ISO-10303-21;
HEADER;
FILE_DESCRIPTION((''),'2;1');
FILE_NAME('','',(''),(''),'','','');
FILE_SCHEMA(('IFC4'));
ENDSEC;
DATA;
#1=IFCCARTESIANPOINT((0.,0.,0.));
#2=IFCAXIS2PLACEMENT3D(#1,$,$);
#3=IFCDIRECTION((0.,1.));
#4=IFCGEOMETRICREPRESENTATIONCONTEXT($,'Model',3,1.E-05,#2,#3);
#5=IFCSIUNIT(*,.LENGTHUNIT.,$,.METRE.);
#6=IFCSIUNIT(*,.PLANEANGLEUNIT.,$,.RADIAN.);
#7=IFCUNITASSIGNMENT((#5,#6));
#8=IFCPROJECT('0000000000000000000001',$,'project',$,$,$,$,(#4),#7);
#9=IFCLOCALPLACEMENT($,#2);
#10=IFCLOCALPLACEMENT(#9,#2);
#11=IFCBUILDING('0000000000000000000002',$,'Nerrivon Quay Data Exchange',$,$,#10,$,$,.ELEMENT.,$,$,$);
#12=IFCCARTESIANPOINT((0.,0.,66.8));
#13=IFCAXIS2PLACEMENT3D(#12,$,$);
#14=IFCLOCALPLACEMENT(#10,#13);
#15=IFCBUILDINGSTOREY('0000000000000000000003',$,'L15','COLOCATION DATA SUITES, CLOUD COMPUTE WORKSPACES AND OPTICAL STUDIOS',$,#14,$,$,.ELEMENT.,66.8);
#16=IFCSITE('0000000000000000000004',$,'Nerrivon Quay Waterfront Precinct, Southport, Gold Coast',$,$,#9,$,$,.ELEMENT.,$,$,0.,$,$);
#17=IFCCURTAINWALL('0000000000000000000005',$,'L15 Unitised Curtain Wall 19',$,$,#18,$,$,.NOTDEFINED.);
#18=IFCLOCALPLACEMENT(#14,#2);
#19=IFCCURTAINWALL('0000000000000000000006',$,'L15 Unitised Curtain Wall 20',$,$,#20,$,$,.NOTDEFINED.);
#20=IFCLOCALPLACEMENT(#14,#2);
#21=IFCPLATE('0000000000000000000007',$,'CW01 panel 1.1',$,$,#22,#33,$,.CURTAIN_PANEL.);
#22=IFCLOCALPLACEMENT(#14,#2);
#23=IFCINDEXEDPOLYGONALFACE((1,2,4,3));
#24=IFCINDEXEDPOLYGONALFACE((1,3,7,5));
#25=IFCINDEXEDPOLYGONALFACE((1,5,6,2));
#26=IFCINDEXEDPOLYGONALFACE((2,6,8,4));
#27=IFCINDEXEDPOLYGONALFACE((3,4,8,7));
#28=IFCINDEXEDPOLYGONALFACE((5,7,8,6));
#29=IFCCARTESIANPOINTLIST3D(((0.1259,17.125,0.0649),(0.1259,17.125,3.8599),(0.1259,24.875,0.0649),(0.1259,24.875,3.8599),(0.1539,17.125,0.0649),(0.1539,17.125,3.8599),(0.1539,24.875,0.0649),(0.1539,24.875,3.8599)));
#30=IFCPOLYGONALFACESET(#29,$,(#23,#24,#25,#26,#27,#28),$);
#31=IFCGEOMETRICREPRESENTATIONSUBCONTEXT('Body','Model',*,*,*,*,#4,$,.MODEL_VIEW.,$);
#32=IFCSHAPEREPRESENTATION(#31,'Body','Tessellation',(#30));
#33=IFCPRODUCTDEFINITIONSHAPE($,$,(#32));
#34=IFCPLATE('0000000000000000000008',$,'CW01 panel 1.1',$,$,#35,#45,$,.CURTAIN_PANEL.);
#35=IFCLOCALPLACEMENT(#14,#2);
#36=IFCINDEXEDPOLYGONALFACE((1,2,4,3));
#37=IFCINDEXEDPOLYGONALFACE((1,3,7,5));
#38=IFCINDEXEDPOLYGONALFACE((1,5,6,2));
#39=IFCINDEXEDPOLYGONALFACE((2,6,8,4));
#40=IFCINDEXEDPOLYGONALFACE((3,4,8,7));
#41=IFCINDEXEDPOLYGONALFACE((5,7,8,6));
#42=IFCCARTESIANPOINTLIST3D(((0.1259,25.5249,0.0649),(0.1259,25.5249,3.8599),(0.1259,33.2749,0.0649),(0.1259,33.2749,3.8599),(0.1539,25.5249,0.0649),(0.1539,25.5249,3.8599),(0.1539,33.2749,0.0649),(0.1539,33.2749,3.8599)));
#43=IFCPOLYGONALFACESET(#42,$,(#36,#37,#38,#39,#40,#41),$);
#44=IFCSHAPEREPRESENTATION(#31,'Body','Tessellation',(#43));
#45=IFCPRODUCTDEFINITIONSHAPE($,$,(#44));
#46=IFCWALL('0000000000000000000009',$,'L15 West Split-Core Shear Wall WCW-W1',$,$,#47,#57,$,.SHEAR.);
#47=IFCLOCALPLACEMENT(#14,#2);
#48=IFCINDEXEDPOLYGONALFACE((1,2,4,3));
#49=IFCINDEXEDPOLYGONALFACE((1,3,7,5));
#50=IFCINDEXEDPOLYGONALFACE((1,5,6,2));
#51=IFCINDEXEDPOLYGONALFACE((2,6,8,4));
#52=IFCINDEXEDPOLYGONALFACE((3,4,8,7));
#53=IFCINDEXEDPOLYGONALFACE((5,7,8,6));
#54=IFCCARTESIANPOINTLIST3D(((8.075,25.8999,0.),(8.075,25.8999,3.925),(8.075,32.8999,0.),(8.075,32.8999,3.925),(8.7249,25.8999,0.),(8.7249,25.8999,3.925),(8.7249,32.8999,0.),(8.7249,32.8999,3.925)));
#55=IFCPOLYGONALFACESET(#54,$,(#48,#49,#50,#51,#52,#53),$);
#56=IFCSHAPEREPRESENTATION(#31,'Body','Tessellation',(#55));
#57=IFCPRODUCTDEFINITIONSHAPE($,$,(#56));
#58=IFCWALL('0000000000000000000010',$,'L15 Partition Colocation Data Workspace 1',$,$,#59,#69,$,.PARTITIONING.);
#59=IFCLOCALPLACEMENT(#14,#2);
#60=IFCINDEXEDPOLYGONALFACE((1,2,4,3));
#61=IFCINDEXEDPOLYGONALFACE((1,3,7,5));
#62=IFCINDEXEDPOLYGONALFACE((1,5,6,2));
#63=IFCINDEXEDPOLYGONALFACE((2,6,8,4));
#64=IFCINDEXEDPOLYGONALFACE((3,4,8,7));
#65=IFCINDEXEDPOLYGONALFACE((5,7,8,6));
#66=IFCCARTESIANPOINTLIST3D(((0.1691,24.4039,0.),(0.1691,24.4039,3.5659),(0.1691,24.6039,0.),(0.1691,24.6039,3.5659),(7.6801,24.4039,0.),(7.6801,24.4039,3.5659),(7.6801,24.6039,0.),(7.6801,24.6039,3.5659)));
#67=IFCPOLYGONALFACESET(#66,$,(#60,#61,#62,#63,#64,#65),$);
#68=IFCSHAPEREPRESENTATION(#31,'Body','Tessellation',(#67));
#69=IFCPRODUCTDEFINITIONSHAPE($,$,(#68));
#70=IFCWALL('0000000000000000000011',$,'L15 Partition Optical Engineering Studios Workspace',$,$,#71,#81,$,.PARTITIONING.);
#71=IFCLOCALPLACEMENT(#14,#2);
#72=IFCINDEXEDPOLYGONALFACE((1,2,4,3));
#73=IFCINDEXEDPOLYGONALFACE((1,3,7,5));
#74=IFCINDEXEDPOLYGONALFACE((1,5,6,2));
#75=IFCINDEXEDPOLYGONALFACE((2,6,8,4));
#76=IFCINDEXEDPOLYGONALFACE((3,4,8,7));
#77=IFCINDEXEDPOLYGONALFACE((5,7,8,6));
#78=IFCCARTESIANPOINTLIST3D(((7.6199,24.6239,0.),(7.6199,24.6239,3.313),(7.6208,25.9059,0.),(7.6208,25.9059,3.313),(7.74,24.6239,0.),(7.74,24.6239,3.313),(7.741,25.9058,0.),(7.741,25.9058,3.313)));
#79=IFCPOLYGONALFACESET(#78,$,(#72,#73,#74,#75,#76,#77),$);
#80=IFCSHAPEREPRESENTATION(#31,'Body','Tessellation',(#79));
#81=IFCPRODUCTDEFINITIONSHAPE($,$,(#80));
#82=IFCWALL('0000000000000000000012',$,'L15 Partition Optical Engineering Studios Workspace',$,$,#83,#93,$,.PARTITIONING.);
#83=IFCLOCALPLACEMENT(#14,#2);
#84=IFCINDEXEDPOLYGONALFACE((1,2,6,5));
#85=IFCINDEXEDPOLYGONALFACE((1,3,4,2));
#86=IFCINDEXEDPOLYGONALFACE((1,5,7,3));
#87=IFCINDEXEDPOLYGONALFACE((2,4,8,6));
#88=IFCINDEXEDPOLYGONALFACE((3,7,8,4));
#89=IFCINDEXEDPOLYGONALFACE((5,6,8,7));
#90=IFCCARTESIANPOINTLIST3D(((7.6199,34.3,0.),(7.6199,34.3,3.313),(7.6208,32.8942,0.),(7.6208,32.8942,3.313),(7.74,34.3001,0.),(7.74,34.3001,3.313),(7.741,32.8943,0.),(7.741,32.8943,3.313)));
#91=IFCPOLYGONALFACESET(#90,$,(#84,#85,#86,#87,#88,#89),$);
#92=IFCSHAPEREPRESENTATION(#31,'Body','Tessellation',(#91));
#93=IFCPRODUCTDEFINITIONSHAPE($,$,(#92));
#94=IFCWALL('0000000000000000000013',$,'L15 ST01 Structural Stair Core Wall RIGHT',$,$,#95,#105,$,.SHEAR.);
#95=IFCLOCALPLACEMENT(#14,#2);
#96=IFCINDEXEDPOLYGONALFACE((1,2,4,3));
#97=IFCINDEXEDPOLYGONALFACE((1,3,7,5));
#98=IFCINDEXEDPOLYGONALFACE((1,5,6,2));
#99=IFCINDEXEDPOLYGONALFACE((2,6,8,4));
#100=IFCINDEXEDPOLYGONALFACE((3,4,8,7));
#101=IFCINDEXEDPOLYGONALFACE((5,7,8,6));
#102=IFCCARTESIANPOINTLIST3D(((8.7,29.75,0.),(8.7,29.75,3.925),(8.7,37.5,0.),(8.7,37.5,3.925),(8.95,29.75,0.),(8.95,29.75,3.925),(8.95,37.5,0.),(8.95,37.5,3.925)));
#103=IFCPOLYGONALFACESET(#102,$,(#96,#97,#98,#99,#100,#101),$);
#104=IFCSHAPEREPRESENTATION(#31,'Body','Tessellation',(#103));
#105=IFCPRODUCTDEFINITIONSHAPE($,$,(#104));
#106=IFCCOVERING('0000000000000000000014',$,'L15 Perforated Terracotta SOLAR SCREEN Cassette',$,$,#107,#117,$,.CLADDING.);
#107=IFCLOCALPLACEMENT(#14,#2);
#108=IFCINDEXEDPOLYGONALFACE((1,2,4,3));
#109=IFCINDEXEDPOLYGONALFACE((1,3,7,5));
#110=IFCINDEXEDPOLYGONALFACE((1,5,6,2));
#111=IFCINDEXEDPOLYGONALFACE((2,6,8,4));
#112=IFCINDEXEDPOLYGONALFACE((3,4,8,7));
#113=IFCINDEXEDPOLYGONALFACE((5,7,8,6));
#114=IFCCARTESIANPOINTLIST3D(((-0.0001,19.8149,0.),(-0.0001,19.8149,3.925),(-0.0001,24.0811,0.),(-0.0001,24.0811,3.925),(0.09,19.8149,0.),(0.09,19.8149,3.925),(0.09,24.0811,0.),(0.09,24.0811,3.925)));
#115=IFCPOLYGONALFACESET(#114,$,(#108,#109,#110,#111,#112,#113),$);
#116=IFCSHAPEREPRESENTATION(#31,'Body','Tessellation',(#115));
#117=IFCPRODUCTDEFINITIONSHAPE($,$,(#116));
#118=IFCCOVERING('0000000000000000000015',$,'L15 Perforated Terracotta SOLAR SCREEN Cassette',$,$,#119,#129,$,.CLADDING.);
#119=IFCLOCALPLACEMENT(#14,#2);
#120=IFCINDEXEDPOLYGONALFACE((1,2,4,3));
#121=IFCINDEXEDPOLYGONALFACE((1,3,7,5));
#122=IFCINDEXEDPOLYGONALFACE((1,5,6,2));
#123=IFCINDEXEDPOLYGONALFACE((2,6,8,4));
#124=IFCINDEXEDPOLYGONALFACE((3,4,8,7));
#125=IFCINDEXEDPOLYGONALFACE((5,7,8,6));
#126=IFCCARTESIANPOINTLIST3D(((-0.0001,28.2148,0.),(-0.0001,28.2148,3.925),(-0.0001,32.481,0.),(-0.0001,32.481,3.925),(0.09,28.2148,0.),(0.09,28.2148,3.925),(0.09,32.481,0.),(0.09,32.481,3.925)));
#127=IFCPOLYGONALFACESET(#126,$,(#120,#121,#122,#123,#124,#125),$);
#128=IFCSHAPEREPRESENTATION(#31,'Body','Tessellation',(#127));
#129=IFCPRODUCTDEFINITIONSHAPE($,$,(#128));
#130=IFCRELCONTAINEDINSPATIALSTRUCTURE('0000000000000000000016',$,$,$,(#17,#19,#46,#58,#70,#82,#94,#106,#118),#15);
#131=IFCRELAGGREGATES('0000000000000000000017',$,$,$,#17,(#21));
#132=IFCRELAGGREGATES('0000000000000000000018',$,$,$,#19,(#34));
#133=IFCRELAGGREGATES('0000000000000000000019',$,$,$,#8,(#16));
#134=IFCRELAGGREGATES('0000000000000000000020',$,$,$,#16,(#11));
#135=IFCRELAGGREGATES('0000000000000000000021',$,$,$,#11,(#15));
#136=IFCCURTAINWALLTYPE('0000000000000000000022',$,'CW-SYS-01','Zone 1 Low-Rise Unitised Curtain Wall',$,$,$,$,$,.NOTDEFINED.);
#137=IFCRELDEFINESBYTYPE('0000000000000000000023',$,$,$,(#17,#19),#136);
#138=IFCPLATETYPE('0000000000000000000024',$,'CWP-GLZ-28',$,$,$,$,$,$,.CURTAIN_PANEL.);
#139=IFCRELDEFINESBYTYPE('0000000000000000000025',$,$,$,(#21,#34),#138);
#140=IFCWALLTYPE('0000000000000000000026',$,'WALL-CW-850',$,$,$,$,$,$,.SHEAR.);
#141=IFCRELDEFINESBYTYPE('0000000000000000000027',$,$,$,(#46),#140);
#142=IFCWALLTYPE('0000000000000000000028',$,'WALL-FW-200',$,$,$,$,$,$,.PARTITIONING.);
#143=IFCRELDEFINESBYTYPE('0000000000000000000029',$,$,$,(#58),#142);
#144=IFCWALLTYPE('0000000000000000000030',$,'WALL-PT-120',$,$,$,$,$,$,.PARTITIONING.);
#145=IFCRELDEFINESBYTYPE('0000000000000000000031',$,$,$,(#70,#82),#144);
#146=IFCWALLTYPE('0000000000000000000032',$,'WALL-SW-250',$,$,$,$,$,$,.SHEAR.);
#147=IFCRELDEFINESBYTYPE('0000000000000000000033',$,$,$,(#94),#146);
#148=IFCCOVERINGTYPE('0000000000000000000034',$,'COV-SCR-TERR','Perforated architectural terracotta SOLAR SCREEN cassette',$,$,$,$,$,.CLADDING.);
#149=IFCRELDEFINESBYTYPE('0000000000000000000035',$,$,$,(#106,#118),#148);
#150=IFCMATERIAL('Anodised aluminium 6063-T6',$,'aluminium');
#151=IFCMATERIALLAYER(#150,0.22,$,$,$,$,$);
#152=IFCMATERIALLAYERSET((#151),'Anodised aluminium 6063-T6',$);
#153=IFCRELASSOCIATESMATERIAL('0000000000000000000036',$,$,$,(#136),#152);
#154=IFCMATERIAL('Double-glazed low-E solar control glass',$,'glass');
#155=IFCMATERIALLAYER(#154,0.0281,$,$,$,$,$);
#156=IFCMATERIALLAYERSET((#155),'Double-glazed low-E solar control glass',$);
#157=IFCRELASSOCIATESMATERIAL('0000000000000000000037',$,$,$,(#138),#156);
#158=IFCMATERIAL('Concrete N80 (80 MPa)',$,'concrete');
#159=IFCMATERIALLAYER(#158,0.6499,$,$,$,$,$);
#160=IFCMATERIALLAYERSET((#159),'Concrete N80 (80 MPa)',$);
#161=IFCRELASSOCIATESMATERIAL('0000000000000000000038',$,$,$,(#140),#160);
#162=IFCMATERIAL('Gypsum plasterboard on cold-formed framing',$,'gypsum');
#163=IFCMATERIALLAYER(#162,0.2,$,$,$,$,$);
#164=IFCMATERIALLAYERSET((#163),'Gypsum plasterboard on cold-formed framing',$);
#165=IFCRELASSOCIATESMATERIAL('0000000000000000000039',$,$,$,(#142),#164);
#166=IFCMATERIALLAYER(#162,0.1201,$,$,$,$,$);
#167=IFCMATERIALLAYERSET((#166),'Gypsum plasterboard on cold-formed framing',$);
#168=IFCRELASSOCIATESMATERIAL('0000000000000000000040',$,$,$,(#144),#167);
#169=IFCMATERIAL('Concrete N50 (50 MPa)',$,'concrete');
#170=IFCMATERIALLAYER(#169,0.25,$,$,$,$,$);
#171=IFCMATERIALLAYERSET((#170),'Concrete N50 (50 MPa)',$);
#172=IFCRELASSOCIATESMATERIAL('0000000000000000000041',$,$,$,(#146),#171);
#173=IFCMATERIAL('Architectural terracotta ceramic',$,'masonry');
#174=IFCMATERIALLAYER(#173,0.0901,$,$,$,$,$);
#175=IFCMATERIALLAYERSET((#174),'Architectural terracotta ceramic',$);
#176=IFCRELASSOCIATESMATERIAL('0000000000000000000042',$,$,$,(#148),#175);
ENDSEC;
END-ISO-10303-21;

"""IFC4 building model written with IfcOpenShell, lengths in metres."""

from ifc_helpers import new_model, si_unit, direction, frame, frame_2d, origin, origin_2d, place, context, subcontext, project, spatial, rectangle, extrude, material, layer, layer_set, type_object, element, aggregate, save


model = new_model("IFC4")

# Units and contexts
model_context = context("Model", 3, precision=1e-05, world=origin(), true_north=direction((0.0, 1.0)))
body_context = subcontext(model_context, "Body", "Model", "MODEL_VIEW")
ifc_project = project(units=[si_unit("LENGTHUNIT", "METRE"), si_unit("PLANEANGLEUNIT", "RADIAN")], contexts=[model_context])

# Site, building, storey
site_placement = place(None, origin())
site = spatial("IfcSite", under=ifc_project, at=site_placement, Name="Nerrivon Quay Waterfront Precinct, Southport, Gold Coast", CompositionType="ELEMENT", RefElevation=0.0)
building_placement = place(site_placement, origin())
building = spatial("IfcBuilding", under=site, at=building_placement, Name="Nerrivon Quay Data Exchange", CompositionType="ELEMENT")
storey_placement = place(building_placement, frame((0.0, 0.0, 66.8)))
storey = spatial("IfcBuildingStorey", under=building, at=storey_placement, Name="L15", Description="COLOCATION DATA SUITES, CLOUD COMPUTE WORKSPACES AND OPTICAL STUDIOS", CompositionType="ELEMENT", Elevation=66.8)

# Shared definitions
ifc_material_1 = material(Name="Concrete N80 (80 MPa)", Category="concrete")

# Curtain wall
ifc_material_2 = material(Name="Anodised aluminium 6063-T6", Category="aluminium")
ifc_layer_1 = layer(ifc_material_2, 0.22)
ifc_layer_set_1 = layer_set([ifc_layer_1], Name="Anodised aluminium 6063-T6")
curtain_wall_type = type_object("IfcCurtainWallType", Name="CW-SYS-01", Description="Zone 1 Low-Rise Unitised Curtain Wall", PredefinedType="NOTDEFINED", material=ifc_layer_set_1)
curtain_wall_1_placement = place(storey_placement, origin())
curtain_wall_1 = element("IfcCurtainWall", 1, at=curtain_wall_1_placement, inside=storey, type_object=curtain_wall_type, Name="L15 Unitised Curtain Wall 19", PredefinedType="NOTDEFINED")

# Curtain wall
curtain_wall_2_placement = place(storey_placement, origin())
curtain_wall_2 = element("IfcCurtainWall", 2, at=curtain_wall_2_placement, inside=storey, type_object=curtain_wall_type, Name="L15 Unitised Curtain Wall 20", PredefinedType="NOTDEFINED")

# Plates
ifc_material_3 = material(Name="Double-glazed low-E solar control glass", Category="glass")
ifc_layer_2 = layer(ifc_material_3, 0.0281)
ifc_layer_set_2 = layer_set([ifc_layer_2], Name="Double-glazed low-E solar control glass")
plate_type = type_object("IfcPlateType", Name="CWP-GLZ-28", PredefinedType="CURTAIN_PANEL", material=ifc_layer_set_2)
plate_1_placement = place(storey_placement, frame((0.1399, 21.0, 0.0649), z_axis=(0.0, 0.0, 1.0), x_axis=(0.0, 1.0, 0.0)))
plate_1 = element("IfcPlate", 3, at=plate_1_placement, type_object=plate_type, Name="CW01 panel 1.1", PredefinedType="CURTAIN_PANEL", context=body_context, shape_type="SweptSolid", body=[
    extrude(rectangle(XDim=7.75, YDim=0.0281, at=origin_2d()), origin(), (0.0, 0.0, 1.0), 3.7949),
])
aggregate(curtain_wall_1, [plate_1])
plate_2_placement = place(storey_placement, frame((0.1399, 29.3999, 0.0649), z_axis=(0.0, 0.0, 1.0), x_axis=(0.0, 1.0, 0.0)))
plate_2 = element("IfcPlate", 4, at=plate_2_placement, type_object=plate_type, Name="CW01 panel 1.1", PredefinedType="CURTAIN_PANEL", context=body_context, shape_type="SweptSolid", body=[
    extrude(rectangle(XDim=7.75, YDim=0.0281, at=origin_2d()), origin(), (0.0, 0.0, 1.0), 3.7949),
])
aggregate(curtain_wall_2, [plate_2])

# Walls
ifc_layer_3 = layer(ifc_material_1, 0.6499)
ifc_layer_set_3 = layer_set([ifc_layer_3], Name="Concrete N80 (80 MPa)")
wall_type_1 = type_object("IfcWallType", Name="WALL-CW-850", PredefinedType="SHEAR", material=ifc_layer_set_3)
wall_1_placement = place(storey_placement, frame((8.3999, 25.8999, 0.0), z_axis=(0.0, 0.0, 1.0), x_axis=(0.0, 1.0, 0.0)))
element("IfcWall", 5, at=wall_1_placement, inside=storey, type_object=wall_type_1, Name="L15 West Split-Core Shear Wall WCW-W1", PredefinedType="SHEAR", context=body_context, shape_type="SweptSolid", body=[
    extrude(rectangle(XDim=7.0, YDim=0.6499, at=frame_2d((3.5, 0.0))), origin(), (0.0, 0.0, 1.0), 3.925),
])
ifc_material_4 = material(Name="Gypsum plasterboard on cold-formed framing", Category="gypsum")
ifc_layer_4 = layer(ifc_material_4, 0.2)
ifc_layer_set_4 = layer_set([ifc_layer_4], Name="Gypsum plasterboard on cold-formed framing")
wall_type_2 = type_object("IfcWallType", Name="WALL-FW-200", PredefinedType="PARTITIONING", material=ifc_layer_set_4)
wall_2_placement = place(storey_placement, frame((7.6799, 24.5039, 0.0), z_axis=(0.0, 0.0, 1.0), x_axis=(-1.0, 0.0, 0.0)))
element("IfcWall", 6, at=wall_2_placement, inside=storey, type_object=wall_type_2, Name="L15 Partition Colocation Data Workspace 1", PredefinedType="PARTITIONING", context=body_context, shape_type="SweptSolid", body=[
    extrude(rectangle(XDim=7.511, YDim=0.2, at=frame_2d((3.7554, 0.0))), origin(), (0.0, 0.0, 1.0), 3.5659),
])
ifc_layer_5 = layer(ifc_material_4, 0.1201)
ifc_layer_set_5 = layer_set([ifc_layer_5], Name="Gypsum plasterboard on cold-formed framing")
wall_type_3 = type_object("IfcWallType", Name="WALL-PT-120", PredefinedType="PARTITIONING", material=ifc_layer_set_5)
wall_3_placement = place(storey_placement, frame((7.6799, 24.6238, 0.0), z_axis=(0.0, 0.0, 1.0), x_axis=(0.000762, 1.0, 0.0)))
element("IfcWall", 7, at=wall_3_placement, inside=storey, type_object=wall_type_3, Name="L15 Partition Optical Engineering Studios Workspace", PredefinedType="PARTITIONING", context=body_context, shape_type="SweptSolid", body=[
    extrude(rectangle(XDim=1.282, YDim=0.1201, at=frame_2d((0.6411, 0.0))), origin(), (0.0, 0.0, 1.0), 3.313),
])
wall_4_placement = place(storey_placement, frame((7.6809, 32.8943, 0.0), z_axis=(0.0, 0.0, 1.0), x_axis=(-0.000695, 1.0, 0.0)))
element("IfcWall", 8, at=wall_4_placement, inside=storey, type_object=wall_type_3, Name="L15 Partition Optical Engineering Studios Workspace", PredefinedType="PARTITIONING", context=body_context, shape_type="SweptSolid", body=[
    extrude(rectangle(XDim=1.4058, YDim=0.1201, at=frame_2d((0.7029, 0.0))), origin(), (0.0, 0.0, 1.0), 3.313),
])
ifc_material_5 = material(Name="Concrete N50 (50 MPa)", Category="concrete")
ifc_layer_6 = layer(ifc_material_5, 0.25)
ifc_layer_set_6 = layer_set([ifc_layer_6], Name="Concrete N50 (50 MPa)")
wall_type_4 = type_object("IfcWallType", Name="WALL-SW-250", PredefinedType="SHEAR", material=ifc_layer_set_6)
wall_5_placement = place(storey_placement, frame((8.825, 29.75, 0.0), z_axis=(0.0, 0.0, 1.0), x_axis=(0.0, 1.0, 0.0)))
element("IfcWall", 9, at=wall_5_placement, inside=storey, type_object=wall_type_4, Name="L15 ST01 Structural Stair Core Wall RIGHT", PredefinedType="SHEAR", context=body_context, shape_type="SweptSolid", body=[
    extrude(rectangle(XDim=7.75, YDim=0.25, at=frame_2d((3.875, 0.0))), origin(), (0.0, 0.0, 1.0), 3.925),
])

# Coverings
ifc_material_6 = material(Name="Architectural terracotta ceramic", Category="masonry")
ifc_layer_7 = layer(ifc_material_6, 0.0901)
ifc_layer_set_7 = layer_set([ifc_layer_7], Name="Architectural terracotta ceramic")
covering_type = type_object("IfcCoveringType", Name="COV-SCR-TERR", Description="Perforated architectural terracotta SOLAR SCREEN cassette", PredefinedType="CLADDING", material=ifc_layer_set_7)
for number, where, z_axis, x_axis, name in (
    (10, (0.0449, 21.948, 0.0), (0.0, 0.0, 1.0), (0.0, 1.0, 0.0), "L15 Perforated Terracotta SOLAR SCREEN Cassette"),
    (11, (0.0449, 30.3479, 0.0), (0.0, 0.0, 1.0), (0.0, 1.0, 0.0), "L15 Perforated Terracotta SOLAR SCREEN Cassette"),
):
    element("IfcCovering", number, at=place(storey_placement, frame(where, z_axis=z_axis, x_axis=x_axis)), inside=storey, type_object=covering_type, Name=name, PredefinedType="CLADDING", context=body_context, shape_type="SweptSolid", body=[
        extrude(rectangle(XDim=4.2661, YDim=0.0901, at=origin_2d()), origin(), (0.0, 0.0, 1.0), 3.925),
    ])

save(model, "model.ifc")
